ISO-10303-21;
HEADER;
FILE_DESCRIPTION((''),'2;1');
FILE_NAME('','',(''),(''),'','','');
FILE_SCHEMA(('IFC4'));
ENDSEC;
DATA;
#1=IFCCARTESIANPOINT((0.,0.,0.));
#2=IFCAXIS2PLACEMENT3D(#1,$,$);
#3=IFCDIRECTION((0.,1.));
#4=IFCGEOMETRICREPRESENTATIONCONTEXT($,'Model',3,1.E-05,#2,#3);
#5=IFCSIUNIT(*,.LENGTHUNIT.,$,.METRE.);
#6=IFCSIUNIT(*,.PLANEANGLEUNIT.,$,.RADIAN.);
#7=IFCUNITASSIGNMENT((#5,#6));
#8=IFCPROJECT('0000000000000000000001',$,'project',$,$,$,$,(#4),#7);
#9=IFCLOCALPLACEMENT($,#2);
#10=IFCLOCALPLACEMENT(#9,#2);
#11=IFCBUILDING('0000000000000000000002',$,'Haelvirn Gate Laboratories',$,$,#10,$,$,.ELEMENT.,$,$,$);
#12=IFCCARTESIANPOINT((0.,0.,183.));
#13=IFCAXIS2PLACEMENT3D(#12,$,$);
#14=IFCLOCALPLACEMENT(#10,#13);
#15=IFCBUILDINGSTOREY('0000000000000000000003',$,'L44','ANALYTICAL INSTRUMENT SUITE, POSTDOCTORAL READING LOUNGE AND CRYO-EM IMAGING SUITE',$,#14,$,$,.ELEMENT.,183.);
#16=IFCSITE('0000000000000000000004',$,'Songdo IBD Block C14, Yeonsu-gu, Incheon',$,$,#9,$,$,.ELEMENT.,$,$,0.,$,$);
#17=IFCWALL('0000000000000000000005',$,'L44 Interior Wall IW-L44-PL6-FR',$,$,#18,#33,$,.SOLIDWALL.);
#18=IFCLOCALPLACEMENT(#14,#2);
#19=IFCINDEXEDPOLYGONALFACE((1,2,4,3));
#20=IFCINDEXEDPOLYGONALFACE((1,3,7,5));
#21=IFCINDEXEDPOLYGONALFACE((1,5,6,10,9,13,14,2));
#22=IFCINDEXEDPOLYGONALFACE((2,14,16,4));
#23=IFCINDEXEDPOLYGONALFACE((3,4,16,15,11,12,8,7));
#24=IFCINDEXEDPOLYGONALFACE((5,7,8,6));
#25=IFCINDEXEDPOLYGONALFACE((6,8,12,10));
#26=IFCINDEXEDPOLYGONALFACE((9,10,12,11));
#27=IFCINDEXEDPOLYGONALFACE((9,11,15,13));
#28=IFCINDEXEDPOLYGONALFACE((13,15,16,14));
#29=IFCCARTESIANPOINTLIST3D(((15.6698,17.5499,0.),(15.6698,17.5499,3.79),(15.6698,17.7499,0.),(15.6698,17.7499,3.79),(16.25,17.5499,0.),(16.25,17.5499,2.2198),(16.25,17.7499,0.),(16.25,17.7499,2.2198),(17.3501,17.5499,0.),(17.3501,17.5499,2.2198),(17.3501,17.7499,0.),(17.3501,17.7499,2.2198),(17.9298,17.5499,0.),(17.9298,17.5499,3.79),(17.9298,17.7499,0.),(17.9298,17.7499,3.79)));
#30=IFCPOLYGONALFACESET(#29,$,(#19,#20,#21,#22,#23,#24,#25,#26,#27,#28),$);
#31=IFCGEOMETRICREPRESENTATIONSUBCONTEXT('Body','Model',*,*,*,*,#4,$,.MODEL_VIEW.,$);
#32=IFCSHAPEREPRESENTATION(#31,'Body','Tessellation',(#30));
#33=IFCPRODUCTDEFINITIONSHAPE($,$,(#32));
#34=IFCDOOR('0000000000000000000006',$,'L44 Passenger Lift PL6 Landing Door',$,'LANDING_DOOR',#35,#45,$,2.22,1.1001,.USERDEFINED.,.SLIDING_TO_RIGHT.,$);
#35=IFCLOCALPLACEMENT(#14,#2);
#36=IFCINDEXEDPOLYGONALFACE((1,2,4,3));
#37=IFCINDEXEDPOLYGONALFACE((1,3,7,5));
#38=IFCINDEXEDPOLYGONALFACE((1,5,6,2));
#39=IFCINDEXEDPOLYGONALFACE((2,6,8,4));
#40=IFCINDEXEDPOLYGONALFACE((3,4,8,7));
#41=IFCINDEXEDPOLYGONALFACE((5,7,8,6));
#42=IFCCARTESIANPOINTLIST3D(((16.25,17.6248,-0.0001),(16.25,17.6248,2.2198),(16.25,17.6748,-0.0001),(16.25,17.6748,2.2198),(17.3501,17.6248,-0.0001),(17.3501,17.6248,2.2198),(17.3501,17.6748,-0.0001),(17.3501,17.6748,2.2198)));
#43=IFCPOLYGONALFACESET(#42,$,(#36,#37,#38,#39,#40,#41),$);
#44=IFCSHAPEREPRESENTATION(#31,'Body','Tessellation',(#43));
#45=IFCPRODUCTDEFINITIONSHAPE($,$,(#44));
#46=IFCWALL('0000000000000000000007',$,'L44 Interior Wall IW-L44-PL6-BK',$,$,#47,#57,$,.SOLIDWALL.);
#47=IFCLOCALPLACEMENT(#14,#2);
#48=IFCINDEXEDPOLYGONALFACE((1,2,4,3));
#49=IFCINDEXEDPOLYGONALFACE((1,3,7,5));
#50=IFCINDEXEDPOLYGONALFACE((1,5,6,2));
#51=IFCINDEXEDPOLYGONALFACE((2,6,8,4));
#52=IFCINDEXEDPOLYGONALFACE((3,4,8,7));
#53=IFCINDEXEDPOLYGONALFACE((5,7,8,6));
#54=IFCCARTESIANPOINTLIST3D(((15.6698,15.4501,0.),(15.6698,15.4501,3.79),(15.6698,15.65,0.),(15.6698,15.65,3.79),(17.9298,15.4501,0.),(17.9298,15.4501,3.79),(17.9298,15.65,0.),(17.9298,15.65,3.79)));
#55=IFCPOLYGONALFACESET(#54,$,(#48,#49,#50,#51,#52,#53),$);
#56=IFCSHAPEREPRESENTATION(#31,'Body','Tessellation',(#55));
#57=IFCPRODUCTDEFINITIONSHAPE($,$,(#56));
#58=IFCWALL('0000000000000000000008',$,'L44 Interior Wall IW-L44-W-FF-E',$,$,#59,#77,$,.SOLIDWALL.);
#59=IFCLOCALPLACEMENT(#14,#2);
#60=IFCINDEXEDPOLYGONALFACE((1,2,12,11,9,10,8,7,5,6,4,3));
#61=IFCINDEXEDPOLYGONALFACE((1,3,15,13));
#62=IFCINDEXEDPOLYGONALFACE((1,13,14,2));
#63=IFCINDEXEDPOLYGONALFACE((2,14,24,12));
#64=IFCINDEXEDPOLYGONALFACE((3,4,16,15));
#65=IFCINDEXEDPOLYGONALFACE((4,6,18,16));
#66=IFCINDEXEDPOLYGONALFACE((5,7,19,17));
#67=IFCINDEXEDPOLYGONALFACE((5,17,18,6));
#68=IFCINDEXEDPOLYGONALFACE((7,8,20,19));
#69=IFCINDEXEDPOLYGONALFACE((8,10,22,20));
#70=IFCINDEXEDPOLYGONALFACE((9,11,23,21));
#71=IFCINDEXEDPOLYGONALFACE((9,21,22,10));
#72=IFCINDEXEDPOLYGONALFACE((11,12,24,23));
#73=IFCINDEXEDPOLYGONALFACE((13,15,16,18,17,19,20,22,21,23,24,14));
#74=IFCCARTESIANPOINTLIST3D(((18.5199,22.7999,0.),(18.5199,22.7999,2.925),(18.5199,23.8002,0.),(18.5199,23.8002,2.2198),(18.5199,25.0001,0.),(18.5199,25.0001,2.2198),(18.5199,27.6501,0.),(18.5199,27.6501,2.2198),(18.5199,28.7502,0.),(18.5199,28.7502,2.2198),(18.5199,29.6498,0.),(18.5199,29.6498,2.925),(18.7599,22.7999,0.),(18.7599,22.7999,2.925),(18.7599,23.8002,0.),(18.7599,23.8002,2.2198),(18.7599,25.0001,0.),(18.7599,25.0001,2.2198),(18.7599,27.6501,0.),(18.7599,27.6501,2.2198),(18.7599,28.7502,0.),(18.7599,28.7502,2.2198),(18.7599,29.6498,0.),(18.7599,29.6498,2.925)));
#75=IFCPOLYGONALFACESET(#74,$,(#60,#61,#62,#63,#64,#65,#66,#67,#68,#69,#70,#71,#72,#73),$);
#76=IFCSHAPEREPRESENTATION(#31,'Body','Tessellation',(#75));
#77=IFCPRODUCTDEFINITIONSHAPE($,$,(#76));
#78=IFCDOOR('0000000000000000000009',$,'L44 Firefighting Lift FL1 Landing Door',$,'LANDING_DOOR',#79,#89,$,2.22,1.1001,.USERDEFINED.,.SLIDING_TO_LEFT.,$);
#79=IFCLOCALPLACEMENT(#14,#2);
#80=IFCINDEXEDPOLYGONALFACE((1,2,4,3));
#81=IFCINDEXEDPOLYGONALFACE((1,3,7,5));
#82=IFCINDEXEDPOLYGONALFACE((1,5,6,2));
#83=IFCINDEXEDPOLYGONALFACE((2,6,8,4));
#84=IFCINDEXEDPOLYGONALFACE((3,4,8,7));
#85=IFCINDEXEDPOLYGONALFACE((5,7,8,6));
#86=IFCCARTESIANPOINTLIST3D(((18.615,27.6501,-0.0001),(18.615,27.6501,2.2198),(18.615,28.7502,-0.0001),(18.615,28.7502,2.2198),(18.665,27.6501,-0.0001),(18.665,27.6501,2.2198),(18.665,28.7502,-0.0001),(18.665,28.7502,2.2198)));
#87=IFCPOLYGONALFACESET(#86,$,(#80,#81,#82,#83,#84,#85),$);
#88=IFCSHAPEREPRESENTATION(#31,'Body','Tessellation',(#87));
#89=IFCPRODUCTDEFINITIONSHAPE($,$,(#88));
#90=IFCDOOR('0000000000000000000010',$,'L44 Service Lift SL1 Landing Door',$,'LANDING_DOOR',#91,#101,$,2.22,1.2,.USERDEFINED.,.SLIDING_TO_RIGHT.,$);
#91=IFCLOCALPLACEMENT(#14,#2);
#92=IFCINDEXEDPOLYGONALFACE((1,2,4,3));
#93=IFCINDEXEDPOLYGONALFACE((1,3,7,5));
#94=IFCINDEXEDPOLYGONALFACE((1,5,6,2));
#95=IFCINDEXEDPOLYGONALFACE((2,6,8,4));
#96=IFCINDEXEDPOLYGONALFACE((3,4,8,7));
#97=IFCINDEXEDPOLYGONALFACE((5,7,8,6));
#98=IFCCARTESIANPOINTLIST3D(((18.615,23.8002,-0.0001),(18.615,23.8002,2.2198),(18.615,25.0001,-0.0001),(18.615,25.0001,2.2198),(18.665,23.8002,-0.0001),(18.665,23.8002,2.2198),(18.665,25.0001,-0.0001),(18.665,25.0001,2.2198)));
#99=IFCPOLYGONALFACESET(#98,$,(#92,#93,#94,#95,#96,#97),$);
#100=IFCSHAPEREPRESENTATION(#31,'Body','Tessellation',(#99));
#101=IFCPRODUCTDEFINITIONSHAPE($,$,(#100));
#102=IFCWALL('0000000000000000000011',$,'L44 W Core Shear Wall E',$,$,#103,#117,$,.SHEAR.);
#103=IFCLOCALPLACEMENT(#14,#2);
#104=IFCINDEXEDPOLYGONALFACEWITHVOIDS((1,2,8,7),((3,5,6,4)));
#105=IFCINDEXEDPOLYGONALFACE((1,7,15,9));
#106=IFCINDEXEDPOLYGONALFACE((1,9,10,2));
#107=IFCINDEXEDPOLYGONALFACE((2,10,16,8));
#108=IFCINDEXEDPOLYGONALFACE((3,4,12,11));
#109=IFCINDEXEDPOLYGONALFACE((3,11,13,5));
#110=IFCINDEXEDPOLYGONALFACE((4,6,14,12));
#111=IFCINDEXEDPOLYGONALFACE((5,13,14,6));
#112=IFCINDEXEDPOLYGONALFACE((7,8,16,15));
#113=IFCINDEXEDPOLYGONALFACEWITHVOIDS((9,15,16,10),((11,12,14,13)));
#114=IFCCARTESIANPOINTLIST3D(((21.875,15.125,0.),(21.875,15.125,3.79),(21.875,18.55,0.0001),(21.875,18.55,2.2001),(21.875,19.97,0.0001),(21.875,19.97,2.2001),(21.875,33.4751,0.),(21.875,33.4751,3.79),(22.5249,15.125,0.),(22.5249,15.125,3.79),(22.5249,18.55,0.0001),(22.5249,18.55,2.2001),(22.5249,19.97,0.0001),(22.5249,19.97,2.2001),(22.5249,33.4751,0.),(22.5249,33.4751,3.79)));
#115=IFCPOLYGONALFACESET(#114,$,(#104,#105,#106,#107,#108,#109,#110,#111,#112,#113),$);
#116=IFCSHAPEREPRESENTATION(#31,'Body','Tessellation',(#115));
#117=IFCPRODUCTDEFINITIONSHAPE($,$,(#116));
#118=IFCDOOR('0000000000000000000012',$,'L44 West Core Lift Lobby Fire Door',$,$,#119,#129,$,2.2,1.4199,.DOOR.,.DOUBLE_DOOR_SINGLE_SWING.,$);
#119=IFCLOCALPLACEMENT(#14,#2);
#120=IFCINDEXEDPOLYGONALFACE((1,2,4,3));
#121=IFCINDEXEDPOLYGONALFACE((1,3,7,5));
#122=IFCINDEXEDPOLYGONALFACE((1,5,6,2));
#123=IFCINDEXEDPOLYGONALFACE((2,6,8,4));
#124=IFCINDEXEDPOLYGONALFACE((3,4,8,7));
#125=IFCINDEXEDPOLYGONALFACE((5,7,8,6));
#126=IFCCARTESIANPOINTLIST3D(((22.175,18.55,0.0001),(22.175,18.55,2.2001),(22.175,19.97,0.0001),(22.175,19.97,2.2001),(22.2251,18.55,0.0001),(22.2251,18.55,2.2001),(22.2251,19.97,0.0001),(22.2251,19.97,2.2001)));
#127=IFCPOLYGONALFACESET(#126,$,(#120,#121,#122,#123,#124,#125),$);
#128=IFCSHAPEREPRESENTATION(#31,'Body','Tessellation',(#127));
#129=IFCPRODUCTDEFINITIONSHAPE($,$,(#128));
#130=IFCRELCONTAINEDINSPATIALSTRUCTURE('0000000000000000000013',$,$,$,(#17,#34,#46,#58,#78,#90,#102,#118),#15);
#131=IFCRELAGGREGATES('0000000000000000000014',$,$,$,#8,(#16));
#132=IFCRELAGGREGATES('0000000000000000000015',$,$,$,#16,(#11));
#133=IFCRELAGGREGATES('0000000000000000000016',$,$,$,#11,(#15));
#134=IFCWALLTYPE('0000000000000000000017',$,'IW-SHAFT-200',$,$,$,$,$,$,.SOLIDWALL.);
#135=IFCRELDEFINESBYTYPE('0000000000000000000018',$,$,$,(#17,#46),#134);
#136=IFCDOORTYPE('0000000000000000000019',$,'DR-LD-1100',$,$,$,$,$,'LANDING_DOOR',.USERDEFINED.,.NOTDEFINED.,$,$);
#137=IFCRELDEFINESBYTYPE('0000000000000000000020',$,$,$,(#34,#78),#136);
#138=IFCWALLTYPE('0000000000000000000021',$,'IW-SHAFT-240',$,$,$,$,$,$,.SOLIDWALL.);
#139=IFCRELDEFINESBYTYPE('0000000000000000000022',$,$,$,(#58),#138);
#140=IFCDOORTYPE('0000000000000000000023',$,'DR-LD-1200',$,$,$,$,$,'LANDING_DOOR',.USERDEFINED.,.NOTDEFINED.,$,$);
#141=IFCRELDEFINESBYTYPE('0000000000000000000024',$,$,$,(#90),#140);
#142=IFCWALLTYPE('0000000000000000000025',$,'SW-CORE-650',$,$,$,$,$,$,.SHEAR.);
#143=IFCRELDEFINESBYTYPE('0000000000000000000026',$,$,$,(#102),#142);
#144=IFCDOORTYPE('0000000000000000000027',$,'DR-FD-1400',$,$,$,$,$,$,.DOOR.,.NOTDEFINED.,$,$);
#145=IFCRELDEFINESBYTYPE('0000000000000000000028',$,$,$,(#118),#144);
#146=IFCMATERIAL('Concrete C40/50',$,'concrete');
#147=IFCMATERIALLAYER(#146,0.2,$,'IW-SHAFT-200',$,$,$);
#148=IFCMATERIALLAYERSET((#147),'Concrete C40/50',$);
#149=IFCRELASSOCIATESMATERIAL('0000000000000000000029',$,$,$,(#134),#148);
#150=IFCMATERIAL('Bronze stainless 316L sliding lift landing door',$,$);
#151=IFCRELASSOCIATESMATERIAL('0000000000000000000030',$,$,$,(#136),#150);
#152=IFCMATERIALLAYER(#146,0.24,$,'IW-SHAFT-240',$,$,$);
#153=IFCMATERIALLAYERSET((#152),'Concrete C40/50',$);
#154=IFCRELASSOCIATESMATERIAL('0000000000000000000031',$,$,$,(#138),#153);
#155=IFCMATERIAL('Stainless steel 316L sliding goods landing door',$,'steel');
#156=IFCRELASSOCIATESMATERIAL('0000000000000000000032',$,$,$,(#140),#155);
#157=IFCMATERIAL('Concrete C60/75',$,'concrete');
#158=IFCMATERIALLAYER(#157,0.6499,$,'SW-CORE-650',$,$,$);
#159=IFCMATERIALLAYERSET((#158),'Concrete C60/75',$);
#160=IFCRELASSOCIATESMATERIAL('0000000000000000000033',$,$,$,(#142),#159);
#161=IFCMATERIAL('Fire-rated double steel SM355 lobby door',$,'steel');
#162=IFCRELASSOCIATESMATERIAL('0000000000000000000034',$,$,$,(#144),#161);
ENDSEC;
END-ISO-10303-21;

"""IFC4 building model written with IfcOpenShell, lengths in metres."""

from ifc_helpers import new_model, si_unit, direction, frame, frame_2d, origin, place, context, subcontext, project, spatial, rectangle, extrude, source, transform, mapped, material, layer, layer_set, type_object, type_shapes, element, fill, save


model = new_model("IFC4")

# Units and contexts
model_context = context("Model", 3, precision=1e-05, world=origin(), true_north=direction((0.0, 1.0)))
body_context = subcontext(model_context, "Body", "Model", "MODEL_VIEW")
ifc_project = project(units=[si_unit("LENGTHUNIT", "METRE"), si_unit("PLANEANGLEUNIT", "RADIAN")], contexts=[model_context])

# Site, building, storey
site_placement = place(None, origin())
site = spatial("IfcSite", under=ifc_project, at=site_placement, Name="Songdo IBD Block C14, Yeonsu-gu, Incheon", CompositionType="ELEMENT", RefElevation=0.0)
building_placement = place(site_placement, origin())
building = spatial("IfcBuilding", under=site, at=building_placement, Name="Haelvirn Gate Laboratories", CompositionType="ELEMENT")
storey_placement = place(building_placement, frame((0.0, 0.0, 183.0)))
storey = spatial("IfcBuildingStorey", under=building, at=storey_placement, Name="L44", Description="ANALYTICAL INSTRUMENT SUITE, POSTDOCTORAL READING LOUNGE AND CRYO-EM IMAGING SUITE", CompositionType="ELEMENT", Elevation=183.0)

# Shared definitions
ifc_material_1 = material(Name="Concrete C60/75", Category="concrete")

# Shared definitions
ifc_material_2 = material(Name="Concrete C40/50", Category="concrete")

# Wall, opening, door
ifc_layer_1 = layer(ifc_material_2, 0.2, Name="IW-SHAFT-200")
ifc_layer_set_1 = layer_set([ifc_layer_1], Name="Concrete C40/50")
wall_type_1 = type_object("IfcWallType", Name="IW-SHAFT-200", PredefinedType="SOLIDWALL", material=ifc_layer_set_1)
wall_1_placement = place(storey_placement, frame((15.6699, 17.6499, 0.0), z_axis=(0.0, 0.0, 1.0), x_axis=(1.0, 0.0, 0.0)))
wall_1 = element("IfcWall", 1, at=wall_1_placement, inside=storey, type_object=wall_type_1, Name="L44 Interior Wall IW-L44-PL6-FR", PredefinedType="SOLIDWALL", context=body_context, shape_type="SweptSolid", body=[
    extrude(rectangle(XDim=2.26, YDim=0.2, at=frame_2d((1.1299, 0.0))), origin(), (0.0, 0.0, 1.0), 3.79),
])
opening_1_placement = place(wall_1_placement, frame((0.5801, 0.0, 0.0)))
opening_1 = element("IfcOpeningElement", 2, at=opening_1_placement, cuts=wall_1, PredefinedType="OPENING", context=body_context, shape_type="SweptSolid", body=[
    extrude(rectangle(XDim=1.1001, YDim=2.22, at=frame_2d((0.55, 1.1099))), frame((0.0, 0.1099, 0.0), z_axis=(0.0, -1.0, 0.0), x_axis=(1.0, 0.0, 0.0)), (0.0, 0.0, 1.0), 0.22),
])
ifc_material_3 = material(Name="Bronze stainless 316L sliding lift landing door")
door_type_1 = type_object("IfcDoorType", Name="DR-LD-1100", ElementType="LANDING_DOOR", OperationType="NOTDEFINED", PredefinedType="USERDEFINED", material=ifc_material_3)
shared_shape_1 = source(origin(), body_context, "Body", "SweptSolid", [
    extrude(rectangle(XDim=1.1001, YDim=2.22, at=frame_2d((0.55, 1.1099))), frame((0.0, 0.0249, 0.0), z_axis=(0.0, -1.0, 0.0), x_axis=(1.0, 0.0, 0.0)), (0.0, 0.0, 1.0), 0.05),
])
type_shapes(door_type_1, [shared_shape_1])
door_1_placement = place(opening_1_placement, origin())
door_1 = element("IfcDoor", 3, at=door_1_placement, inside=storey, type_object=door_type_1, Name="L44 Passenger Lift PL6 Landing Door", ObjectType="LANDING_DOOR", OperationType="SLIDING_TO_RIGHT", OverallHeight=2.22, OverallWidth=1.1001, PredefinedType="USERDEFINED", context=body_context, shape_type="MappedRepresentation", body=[
    mapped(shared_shape_1, transform((0.0, 0.0, 0.0), scale=1.0)),
])
fill(opening_1, door_1)

# Wall
wall_2_placement = place(storey_placement, frame((15.6699, 15.55, 0.0), z_axis=(0.0, 0.0, 1.0), x_axis=(1.0, 0.0, 0.0)))
element("IfcWall", 4, at=wall_2_placement, inside=storey, type_object=wall_type_1, Name="L44 Interior Wall IW-L44-PL6-BK", PredefinedType="SOLIDWALL", context=body_context, shape_type="SweptSolid", body=[
    extrude(rectangle(XDim=2.26, YDim=0.2, at=frame_2d((1.1299, 0.0))), origin(), (0.0, 0.0, 1.0), 3.79),
])

# Wall, openings, doors
ifc_layer_2 = layer(ifc_material_2, 0.24, Name="IW-SHAFT-240")
ifc_layer_set_2 = layer_set([ifc_layer_2], Name="Concrete C40/50")
wall_type_2 = type_object("IfcWallType", Name="IW-SHAFT-240", PredefinedType="SOLIDWALL", material=ifc_layer_set_2)
wall_3_placement = place(storey_placement, frame((18.6399, 22.8, 0.0), z_axis=(0.0, 0.0, 1.0), x_axis=(0.0, 1.0, 0.0)))
wall_3 = element("IfcWall", 5, at=wall_3_placement, inside=storey, type_object=wall_type_2, Name="L44 Interior Wall IW-L44-W-FF-E", PredefinedType="SOLIDWALL", context=body_context, shape_type="SweptSolid", body=[
    extrude(rectangle(XDim=6.8499, YDim=0.24, at=frame_2d((3.4248, 0.0))), origin(), (0.0, 0.0, 1.0), 2.925),
])
opening_2_placement = place(wall_3_placement, frame((4.8501, 0.0, 0.0)))
opening_2 = element("IfcOpeningElement", 6, at=opening_2_placement, cuts=wall_3, PredefinedType="OPENING", context=body_context, shape_type="SweptSolid", body=[
    extrude(rectangle(XDim=1.1001, YDim=2.22, at=frame_2d((0.55, 1.1099))), frame((0.0, 0.1299, 0.0), z_axis=(0.0, -1.0, 0.0), x_axis=(1.0, 0.0, 0.0)), (0.0, 0.0, 1.0), 0.26),
])
opening_3_placement = place(wall_3_placement, frame((1.0, 0.0, 0.0)))
opening_3 = element("IfcOpeningElement", 7, at=opening_3_placement, cuts=wall_3, PredefinedType="OPENING", context=body_context, shape_type="SweptSolid", body=[
    extrude(rectangle(XDim=1.2, YDim=2.22, at=frame_2d((0.6001, 1.1099))), frame((0.0, 0.1299, 0.0), z_axis=(0.0, -1.0, 0.0), x_axis=(1.0, 0.0, 0.0)), (0.0, 0.0, 1.0), 0.26),
])
door_2_placement = place(opening_2_placement, origin())
door_2 = element("IfcDoor", 8, at=door_2_placement, inside=storey, type_object=door_type_1, Name="L44 Firefighting Lift FL1 Landing Door", ObjectType="LANDING_DOOR", OperationType="SLIDING_TO_LEFT", OverallHeight=2.22, OverallWidth=1.1001, PredefinedType="USERDEFINED", context=body_context, shape_type="MappedRepresentation", body=[
    mapped(shared_shape_1, transform((0.0, 0.0, 0.0), scale=1.0)),
])
fill(opening_2, door_2)
ifc_material_4 = material(Name="Stainless steel 316L sliding goods landing door", Category="steel")
door_type_2 = type_object("IfcDoorType", Name="DR-LD-1200", ElementType="LANDING_DOOR", OperationType="NOTDEFINED", PredefinedType="USERDEFINED", material=ifc_material_4)
shared_shape_2 = source(origin(), body_context, "Body", "SweptSolid", [
    extrude(rectangle(XDim=1.2, YDim=2.22, at=frame_2d((0.6001, 1.1099))), frame((0.0, 0.0249, 0.0), z_axis=(0.0, -1.0, 0.0), x_axis=(1.0, 0.0, 0.0)), (0.0, 0.0, 1.0), 0.05),
])
type_shapes(door_type_2, [shared_shape_2])
door_3_placement = place(opening_3_placement, origin())
door_3 = element("IfcDoor", 9, at=door_3_placement, inside=storey, type_object=door_type_2, Name="L44 Service Lift SL1 Landing Door", ObjectType="LANDING_DOOR", OperationType="SLIDING_TO_RIGHT", OverallHeight=2.22, OverallWidth=1.2, PredefinedType="USERDEFINED", context=body_context, shape_type="MappedRepresentation", body=[
    mapped(shared_shape_2, transform((0.0, 0.0, 0.0), scale=1.0)),
])
fill(opening_3, door_3)

# Wall, opening, door
ifc_layer_3 = layer(ifc_material_1, 0.6499, Name="SW-CORE-650")
ifc_layer_set_3 = layer_set([ifc_layer_3], Name="Concrete C60/75")
wall_type_3 = type_object("IfcWallType", Name="SW-CORE-650", PredefinedType="SHEAR", material=ifc_layer_set_3)
wall_4_placement = place(storey_placement, frame((22.2, 15.125, 0.0), z_axis=(0.0, 0.0, 1.0), x_axis=(0.0, 1.0, 0.0)))
wall_4 = element("IfcWall", 10, at=wall_4_placement, inside=storey, type_object=wall_type_3, Name="L44 W Core Shear Wall E", PredefinedType="SHEAR", context=body_context, shape_type="SweptSolid", body=[
    extrude(rectangle(XDim=18.3501, YDim=0.6499, at=frame_2d((9.175, 0.0))), origin(), (0.0, 0.0, 1.0), 3.79),
])
opening_4_placement = place(wall_4_placement, frame((3.425, 0.0, 0.0)))
opening_4 = element("IfcOpeningElement", 11, at=opening_4_placement, cuts=wall_4, PredefinedType="OPENING", context=body_context, shape_type="SweptSolid", body=[
    extrude(rectangle(XDim=1.4199, YDim=2.2, at=frame_2d((0.71, 1.1001))), frame((0.0, 0.335, 0.0), z_axis=(0.0, -1.0, 0.0), x_axis=(1.0, 0.0, 0.0)), (0.0, 0.0, 1.0), 0.6699),
])
ifc_material_5 = material(Name="Fire-rated double steel SM355 lobby door", Category="steel")
door_type_3 = type_object("IfcDoorType", Name="DR-FD-1400", OperationType="NOTDEFINED", PredefinedType="DOOR", material=ifc_material_5)
shared_shape_3 = source(origin(), body_context, "Body", "SweptSolid", [
    extrude(rectangle(XDim=1.4199, YDim=2.2, at=frame_2d((0.71, 1.1001))), frame((0.0, 0.0249, 0.0), z_axis=(0.0, -1.0, 0.0), x_axis=(1.0, 0.0, 0.0)), (0.0, 0.0, 1.0), 0.05),
])
type_shapes(door_type_3, [shared_shape_3])
door_4_placement = place(opening_4_placement, origin())
door_4 = element("IfcDoor", 12, at=door_4_placement, inside=storey, type_object=door_type_3, Name="L44 West Core Lift Lobby Fire Door", OperationType="DOUBLE_DOOR_SINGLE_SWING", OverallHeight=2.2, OverallWidth=1.4199, PredefinedType="DOOR", context=body_context, shape_type="MappedRepresentation", body=[
    mapped(shared_shape_3, transform((0.0, 0.0, 0.0), scale=1.0)),
])
fill(opening_4, door_4)

save(model, "model.ifc")
